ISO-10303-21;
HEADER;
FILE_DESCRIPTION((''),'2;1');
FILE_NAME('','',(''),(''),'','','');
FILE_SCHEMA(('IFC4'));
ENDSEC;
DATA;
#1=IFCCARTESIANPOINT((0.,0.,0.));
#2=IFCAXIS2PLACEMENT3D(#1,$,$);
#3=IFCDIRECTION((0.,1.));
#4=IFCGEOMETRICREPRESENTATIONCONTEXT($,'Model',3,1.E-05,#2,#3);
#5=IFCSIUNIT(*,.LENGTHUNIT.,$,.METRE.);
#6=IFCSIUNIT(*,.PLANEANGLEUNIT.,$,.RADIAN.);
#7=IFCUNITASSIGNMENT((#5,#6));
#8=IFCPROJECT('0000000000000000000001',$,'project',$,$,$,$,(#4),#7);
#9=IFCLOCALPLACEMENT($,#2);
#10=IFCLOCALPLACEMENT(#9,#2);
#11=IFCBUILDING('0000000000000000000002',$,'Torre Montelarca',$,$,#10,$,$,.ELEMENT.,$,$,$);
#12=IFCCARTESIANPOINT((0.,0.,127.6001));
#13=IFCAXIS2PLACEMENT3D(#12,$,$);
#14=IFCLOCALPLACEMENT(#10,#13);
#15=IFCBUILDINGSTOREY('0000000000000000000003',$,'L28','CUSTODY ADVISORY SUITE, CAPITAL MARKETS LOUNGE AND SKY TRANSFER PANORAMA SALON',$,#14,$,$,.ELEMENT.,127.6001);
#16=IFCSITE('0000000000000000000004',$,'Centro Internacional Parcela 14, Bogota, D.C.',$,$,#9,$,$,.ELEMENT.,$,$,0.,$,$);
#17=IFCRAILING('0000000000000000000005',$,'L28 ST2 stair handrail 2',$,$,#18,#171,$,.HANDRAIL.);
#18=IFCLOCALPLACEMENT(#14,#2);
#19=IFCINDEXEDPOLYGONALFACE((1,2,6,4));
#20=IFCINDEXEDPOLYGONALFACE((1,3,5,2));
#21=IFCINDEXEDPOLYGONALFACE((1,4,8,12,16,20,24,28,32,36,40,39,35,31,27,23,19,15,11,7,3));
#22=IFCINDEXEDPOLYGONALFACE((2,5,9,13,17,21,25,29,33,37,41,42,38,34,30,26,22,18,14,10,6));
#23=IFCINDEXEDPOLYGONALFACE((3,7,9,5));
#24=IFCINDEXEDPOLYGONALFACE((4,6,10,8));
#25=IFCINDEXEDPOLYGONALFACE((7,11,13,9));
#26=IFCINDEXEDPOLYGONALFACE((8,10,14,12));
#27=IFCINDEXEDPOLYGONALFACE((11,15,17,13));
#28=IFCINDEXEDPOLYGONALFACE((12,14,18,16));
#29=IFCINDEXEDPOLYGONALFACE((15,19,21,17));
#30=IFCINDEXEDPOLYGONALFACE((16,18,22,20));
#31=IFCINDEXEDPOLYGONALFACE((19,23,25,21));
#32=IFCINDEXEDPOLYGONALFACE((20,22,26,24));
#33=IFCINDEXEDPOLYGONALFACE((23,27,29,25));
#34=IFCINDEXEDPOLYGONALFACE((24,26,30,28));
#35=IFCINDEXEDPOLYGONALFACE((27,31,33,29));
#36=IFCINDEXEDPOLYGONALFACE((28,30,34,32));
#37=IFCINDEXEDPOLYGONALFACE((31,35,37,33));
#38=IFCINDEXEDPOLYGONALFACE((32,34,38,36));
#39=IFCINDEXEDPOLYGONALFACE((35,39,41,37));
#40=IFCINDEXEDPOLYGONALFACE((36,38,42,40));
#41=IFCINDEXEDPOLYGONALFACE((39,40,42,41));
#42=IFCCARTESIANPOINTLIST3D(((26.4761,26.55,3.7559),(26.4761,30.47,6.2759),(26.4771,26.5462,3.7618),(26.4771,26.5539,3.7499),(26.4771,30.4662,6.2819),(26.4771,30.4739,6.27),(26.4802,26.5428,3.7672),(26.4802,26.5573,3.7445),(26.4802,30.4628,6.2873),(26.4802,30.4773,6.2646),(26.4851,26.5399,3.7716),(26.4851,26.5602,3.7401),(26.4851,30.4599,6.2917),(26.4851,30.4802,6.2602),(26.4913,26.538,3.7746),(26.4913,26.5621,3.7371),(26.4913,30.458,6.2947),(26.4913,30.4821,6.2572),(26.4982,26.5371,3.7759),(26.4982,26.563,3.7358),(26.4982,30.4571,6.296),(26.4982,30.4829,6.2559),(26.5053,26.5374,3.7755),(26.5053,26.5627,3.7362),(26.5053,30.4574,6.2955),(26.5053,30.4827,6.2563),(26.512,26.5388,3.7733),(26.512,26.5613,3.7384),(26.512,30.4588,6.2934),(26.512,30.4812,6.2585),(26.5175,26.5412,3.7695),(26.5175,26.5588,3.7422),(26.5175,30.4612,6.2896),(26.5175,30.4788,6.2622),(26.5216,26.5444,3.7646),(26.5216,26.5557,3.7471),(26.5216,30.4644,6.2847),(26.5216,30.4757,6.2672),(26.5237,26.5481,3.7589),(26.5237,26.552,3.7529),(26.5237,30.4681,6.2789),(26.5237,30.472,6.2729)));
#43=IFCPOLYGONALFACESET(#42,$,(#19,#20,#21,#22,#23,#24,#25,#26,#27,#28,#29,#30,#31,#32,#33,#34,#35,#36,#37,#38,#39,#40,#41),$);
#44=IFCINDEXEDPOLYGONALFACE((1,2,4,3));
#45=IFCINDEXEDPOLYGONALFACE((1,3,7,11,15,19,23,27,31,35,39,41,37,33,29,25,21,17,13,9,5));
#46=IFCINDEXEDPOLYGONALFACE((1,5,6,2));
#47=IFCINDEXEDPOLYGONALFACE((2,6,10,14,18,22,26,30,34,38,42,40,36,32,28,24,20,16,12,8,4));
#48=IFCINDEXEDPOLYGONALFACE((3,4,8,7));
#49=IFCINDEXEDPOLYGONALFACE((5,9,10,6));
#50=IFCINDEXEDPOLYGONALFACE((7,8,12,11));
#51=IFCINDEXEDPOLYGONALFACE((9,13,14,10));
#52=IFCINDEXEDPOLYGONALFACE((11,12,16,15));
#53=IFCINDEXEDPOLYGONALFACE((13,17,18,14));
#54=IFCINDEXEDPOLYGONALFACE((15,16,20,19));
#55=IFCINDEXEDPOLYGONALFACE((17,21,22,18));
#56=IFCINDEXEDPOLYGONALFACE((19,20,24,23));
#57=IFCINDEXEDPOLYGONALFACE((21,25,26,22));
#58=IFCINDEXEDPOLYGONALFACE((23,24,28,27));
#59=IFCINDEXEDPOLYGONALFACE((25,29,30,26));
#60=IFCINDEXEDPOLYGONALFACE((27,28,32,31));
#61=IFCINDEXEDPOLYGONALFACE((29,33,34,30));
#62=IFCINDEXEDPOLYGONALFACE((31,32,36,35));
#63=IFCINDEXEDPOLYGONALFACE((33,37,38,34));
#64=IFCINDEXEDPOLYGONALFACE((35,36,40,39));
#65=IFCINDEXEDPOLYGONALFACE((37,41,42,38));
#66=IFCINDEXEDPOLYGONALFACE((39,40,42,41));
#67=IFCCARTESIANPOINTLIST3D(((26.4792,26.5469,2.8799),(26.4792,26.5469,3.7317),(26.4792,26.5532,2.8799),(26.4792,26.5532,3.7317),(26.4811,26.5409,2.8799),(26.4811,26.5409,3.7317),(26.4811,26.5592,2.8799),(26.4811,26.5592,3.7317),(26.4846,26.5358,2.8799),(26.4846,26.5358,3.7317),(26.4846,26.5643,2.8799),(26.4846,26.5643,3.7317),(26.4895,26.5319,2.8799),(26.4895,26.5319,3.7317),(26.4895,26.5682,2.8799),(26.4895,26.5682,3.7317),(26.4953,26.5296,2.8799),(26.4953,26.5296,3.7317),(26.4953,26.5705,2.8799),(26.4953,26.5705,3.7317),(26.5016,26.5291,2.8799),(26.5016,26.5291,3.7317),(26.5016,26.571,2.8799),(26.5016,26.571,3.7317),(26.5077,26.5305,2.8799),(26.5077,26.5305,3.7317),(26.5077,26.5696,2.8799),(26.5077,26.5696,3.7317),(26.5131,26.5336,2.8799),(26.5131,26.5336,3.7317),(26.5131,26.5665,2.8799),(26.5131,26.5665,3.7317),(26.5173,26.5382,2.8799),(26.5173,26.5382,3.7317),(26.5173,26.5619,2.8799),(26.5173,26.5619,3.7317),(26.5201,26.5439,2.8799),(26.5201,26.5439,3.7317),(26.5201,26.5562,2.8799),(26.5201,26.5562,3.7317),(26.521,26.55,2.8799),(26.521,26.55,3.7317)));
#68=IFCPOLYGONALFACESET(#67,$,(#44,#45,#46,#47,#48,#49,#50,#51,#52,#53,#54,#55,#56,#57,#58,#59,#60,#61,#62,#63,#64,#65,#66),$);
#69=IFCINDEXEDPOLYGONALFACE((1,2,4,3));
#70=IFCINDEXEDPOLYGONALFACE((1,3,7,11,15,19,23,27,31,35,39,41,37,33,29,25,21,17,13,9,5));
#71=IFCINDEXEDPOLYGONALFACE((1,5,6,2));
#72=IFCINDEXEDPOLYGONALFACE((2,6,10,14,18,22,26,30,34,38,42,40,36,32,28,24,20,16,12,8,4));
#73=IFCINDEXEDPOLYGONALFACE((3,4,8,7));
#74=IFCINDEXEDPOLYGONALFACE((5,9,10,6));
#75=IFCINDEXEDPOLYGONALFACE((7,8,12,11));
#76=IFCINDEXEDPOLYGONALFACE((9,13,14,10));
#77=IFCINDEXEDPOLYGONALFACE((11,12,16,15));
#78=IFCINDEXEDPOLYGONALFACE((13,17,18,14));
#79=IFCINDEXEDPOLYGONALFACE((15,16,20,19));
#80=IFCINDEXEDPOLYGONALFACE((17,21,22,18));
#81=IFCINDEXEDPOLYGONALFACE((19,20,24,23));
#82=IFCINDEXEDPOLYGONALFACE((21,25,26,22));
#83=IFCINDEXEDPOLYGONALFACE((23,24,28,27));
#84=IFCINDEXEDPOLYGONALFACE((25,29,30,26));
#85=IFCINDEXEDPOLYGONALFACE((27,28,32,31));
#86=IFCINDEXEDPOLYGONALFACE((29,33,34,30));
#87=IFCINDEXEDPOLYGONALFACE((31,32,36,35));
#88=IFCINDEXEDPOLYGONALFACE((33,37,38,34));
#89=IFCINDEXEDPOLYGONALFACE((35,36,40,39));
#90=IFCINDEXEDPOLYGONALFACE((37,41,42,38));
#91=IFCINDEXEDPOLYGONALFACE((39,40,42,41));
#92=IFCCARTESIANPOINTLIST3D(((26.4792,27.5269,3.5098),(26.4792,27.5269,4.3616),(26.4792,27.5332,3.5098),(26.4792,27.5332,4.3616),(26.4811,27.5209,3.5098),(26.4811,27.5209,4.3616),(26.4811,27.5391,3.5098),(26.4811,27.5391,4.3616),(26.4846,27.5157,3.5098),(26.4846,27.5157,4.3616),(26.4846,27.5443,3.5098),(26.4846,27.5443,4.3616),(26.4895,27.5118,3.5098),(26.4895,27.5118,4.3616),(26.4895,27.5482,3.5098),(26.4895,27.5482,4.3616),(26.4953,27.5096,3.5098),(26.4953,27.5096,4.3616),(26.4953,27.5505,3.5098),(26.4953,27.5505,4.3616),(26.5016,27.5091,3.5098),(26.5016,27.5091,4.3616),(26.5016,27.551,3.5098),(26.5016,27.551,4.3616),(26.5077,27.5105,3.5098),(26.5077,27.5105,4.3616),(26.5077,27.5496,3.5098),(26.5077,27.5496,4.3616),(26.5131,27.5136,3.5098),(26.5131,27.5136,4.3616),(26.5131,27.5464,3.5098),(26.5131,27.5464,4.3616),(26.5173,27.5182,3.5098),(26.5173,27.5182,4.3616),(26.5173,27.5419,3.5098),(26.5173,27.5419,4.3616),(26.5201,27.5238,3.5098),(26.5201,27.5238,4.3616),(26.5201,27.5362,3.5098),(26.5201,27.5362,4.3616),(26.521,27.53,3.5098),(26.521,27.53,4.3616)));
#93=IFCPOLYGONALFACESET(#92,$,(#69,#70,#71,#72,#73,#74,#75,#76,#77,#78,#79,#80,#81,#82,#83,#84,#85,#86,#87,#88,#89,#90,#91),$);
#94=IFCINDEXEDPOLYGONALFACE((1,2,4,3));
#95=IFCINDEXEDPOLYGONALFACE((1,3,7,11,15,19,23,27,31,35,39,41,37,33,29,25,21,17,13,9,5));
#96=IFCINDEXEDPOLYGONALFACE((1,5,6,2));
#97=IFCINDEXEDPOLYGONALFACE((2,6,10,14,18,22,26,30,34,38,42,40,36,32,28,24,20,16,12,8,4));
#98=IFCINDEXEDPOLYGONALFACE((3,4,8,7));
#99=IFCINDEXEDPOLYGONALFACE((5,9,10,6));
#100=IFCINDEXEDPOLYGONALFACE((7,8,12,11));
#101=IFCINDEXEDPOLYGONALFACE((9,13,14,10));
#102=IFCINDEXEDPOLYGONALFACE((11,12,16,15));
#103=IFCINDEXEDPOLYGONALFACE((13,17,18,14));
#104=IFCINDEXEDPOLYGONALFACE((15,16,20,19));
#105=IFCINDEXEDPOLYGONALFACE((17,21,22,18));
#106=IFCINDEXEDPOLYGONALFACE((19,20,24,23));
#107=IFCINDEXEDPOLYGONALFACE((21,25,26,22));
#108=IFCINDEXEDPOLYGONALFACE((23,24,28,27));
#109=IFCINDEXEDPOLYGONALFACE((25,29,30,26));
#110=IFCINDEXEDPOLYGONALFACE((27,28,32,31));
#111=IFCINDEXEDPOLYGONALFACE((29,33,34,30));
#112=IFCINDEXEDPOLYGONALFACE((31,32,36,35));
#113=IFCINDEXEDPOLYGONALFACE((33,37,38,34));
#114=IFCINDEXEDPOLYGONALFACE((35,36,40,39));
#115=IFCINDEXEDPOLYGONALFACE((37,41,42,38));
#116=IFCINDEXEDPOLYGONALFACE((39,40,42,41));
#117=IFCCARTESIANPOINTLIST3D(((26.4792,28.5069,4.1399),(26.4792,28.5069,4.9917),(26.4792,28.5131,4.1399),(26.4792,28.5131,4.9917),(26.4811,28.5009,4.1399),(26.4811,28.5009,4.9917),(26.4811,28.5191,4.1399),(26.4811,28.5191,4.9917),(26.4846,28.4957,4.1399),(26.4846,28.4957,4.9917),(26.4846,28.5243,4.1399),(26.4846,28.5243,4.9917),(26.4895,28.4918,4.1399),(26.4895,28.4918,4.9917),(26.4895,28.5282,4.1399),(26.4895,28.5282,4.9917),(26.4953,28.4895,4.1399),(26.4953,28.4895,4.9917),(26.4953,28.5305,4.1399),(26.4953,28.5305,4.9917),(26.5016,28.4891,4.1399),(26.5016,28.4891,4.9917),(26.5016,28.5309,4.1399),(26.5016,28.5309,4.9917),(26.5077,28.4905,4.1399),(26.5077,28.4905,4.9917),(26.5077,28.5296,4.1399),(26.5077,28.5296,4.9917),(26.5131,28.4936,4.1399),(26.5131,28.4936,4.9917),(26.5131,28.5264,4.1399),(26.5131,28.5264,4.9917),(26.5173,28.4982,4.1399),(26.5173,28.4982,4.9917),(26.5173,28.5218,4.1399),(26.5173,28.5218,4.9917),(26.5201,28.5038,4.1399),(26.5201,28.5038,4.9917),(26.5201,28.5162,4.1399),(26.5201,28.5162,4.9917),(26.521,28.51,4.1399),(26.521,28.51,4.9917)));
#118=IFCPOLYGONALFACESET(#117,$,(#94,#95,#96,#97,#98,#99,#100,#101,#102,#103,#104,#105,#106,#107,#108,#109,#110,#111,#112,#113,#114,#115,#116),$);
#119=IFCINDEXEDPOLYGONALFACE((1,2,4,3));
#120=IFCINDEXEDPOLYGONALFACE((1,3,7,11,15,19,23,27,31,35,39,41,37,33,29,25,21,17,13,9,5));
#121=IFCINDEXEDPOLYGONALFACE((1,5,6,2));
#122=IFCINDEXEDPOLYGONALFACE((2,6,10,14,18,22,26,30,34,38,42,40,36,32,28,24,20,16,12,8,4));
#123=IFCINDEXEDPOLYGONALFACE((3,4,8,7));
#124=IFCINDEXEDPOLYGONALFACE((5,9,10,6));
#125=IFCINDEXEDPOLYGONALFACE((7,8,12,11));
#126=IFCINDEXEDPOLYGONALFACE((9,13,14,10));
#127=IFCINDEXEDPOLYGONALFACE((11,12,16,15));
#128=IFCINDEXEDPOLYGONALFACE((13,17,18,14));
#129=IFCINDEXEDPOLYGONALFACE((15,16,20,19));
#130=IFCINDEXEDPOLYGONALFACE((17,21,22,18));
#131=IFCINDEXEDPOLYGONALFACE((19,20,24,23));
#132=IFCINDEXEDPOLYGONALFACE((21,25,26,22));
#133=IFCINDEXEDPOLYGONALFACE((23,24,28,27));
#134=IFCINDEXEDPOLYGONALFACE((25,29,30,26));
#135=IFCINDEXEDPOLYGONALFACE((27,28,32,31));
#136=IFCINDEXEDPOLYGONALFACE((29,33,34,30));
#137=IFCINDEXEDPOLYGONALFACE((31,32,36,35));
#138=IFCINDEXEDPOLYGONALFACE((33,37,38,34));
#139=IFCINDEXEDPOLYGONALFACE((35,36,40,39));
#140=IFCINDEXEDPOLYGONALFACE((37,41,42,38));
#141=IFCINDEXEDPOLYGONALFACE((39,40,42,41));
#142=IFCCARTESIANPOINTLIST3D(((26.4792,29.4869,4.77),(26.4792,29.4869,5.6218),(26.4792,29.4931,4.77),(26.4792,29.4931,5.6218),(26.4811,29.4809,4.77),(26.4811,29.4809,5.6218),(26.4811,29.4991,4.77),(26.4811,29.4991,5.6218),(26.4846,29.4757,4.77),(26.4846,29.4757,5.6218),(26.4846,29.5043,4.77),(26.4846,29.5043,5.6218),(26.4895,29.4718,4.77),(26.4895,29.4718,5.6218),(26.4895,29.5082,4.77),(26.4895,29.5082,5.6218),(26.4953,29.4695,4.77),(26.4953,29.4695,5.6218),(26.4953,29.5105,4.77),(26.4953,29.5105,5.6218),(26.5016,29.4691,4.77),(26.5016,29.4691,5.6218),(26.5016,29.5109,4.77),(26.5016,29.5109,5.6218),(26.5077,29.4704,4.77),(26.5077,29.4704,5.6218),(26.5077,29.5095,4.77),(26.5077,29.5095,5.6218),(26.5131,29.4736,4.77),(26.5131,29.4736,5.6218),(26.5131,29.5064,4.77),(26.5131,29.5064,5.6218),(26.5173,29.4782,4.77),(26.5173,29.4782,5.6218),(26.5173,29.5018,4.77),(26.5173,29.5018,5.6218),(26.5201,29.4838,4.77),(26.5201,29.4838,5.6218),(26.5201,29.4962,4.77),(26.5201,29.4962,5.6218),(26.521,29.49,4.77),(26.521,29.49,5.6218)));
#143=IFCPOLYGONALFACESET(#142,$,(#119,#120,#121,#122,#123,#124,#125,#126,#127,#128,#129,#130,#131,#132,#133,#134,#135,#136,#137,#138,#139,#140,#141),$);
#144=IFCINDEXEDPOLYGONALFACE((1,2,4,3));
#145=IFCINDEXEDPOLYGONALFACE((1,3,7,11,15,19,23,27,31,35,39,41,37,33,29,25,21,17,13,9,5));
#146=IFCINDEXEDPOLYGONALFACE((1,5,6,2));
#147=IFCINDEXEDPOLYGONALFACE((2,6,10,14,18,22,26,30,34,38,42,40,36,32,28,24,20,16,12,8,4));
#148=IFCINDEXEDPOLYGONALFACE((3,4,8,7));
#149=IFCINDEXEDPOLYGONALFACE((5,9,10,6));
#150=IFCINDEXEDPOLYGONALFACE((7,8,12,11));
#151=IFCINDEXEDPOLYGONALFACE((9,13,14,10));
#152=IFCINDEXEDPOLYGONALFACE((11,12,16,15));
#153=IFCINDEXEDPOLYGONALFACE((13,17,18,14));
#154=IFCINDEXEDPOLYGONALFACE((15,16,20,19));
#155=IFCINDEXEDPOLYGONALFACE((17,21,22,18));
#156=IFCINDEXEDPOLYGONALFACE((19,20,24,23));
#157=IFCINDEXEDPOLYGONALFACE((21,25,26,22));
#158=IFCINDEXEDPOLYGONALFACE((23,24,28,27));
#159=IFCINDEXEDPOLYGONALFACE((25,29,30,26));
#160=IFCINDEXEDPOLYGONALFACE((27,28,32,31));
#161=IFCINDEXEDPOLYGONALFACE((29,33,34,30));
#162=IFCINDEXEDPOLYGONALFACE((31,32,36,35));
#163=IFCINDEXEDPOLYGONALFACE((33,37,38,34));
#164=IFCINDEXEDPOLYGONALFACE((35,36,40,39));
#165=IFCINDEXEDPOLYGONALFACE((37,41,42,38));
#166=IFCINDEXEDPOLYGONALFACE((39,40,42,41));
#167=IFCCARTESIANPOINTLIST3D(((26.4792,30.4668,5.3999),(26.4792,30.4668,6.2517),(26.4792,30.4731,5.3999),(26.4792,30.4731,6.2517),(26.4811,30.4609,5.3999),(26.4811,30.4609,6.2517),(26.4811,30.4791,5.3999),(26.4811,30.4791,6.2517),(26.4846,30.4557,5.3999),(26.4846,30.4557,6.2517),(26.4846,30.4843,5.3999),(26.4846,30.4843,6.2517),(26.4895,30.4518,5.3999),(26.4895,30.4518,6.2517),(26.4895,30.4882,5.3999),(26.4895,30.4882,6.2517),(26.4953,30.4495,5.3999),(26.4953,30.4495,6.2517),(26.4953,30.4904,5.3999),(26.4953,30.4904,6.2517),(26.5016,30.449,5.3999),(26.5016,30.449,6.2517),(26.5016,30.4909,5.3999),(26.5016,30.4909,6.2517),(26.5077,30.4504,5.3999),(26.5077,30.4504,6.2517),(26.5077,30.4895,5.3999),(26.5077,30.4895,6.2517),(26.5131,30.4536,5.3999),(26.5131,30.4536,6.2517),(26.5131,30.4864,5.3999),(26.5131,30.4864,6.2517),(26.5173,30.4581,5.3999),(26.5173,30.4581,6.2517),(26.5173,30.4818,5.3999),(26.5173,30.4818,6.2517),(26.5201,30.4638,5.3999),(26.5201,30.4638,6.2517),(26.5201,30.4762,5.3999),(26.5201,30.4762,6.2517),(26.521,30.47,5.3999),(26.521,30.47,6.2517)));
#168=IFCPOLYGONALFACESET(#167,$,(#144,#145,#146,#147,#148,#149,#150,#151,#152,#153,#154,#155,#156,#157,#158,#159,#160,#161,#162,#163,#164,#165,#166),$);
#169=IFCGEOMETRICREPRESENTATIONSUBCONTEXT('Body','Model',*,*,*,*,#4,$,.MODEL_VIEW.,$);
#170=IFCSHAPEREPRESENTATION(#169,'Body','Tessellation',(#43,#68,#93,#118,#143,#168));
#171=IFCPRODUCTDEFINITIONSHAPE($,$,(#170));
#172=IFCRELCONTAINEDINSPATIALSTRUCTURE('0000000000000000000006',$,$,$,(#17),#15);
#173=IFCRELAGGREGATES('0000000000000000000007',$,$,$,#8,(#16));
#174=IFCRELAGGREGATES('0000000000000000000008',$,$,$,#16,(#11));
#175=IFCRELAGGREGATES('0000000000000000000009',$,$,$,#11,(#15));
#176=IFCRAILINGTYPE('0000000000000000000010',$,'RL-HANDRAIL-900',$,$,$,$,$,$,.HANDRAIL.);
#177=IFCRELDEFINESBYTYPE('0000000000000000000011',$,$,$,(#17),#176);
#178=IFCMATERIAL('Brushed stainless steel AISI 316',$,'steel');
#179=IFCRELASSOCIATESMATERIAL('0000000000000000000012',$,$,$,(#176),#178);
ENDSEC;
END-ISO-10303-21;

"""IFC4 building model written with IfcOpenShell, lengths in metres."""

from ifc_helpers import new_model, si_unit, direction, frame, origin, origin_2d, place, context, subcontext, project, spatial, circle, extrude, material, type_object, element, save


model = new_model("IFC4")

# Units and contexts
model_context = context("Model", 3, precision=1e-05, world=origin(), true_north=direction((0.0, 1.0)))
body_context = subcontext(model_context, "Body", "Model", "MODEL_VIEW")
ifc_project = project(units=[si_unit("LENGTHUNIT", "METRE"), si_unit("PLANEANGLEUNIT", "RADIAN")], contexts=[model_context])

# Site, building, storey
site_placement = place(None, origin())
site = spatial("IfcSite", under=ifc_project, at=site_placement, Name="Centro Internacional Parcela 14, Bogota, D.C.", CompositionType="ELEMENT", RefElevation=0.0)
building_placement = place(site_placement, origin())
building = spatial("IfcBuilding", under=site, at=building_placement, Name="Torre Montelarca", CompositionType="ELEMENT")
storey_placement = place(building_placement, frame((0.0, 0.0, 127.6001)))
storey = spatial("IfcBuildingStorey", under=building, at=storey_placement, Name="L28", Description="CUSTODY ADVISORY SUITE, CAPITAL MARKETS LOUNGE AND SKY TRANSFER PANORAMA SALON", CompositionType="ELEMENT", Elevation=127.6001)

# Railing
ifc_material_1 = material(Name="Brushed stainless steel AISI 316", Category="steel")
railing_type_1 = type_object("IfcRailingType", Name="RL-HANDRAIL-900", PredefinedType="HANDRAIL", material=ifc_material_1)
railing_1_placement = place(storey_placement, frame((26.5, 26.55, 2.8799)))
element("IfcRailing", 1, at=railing_1_placement, inside=storey, type_object=railing_type_1, Name="L28 ST2 stair handrail 2", PredefinedType="HANDRAIL", context=body_context, shape_type="SweptSolid", body=[
    extrude(circle(Radius=0.0239, at=origin_2d()), frame((0.0, 0.0, 0.876), z_axis=(0.0, 0.841172, 0.540768), x_axis=(-1.0, 0.0, 0.0)), (0.0, 0.0, 1.0), 4.6602),
    extrude(circle(Radius=0.021, at=origin_2d()), origin(), (0.0, 0.0, 1.0), 0.8518),
    extrude(circle(Radius=0.021, at=origin_2d()), frame((0.0, 0.98, 0.6299)), (0.0, 0.0, 1.0), 0.8518),
    extrude(circle(Radius=0.021, at=origin_2d()), frame((0.0, 1.96, 1.26)), (0.0, 0.0, 1.0), 0.8518),
    extrude(circle(Radius=0.021, at=origin_2d()), frame((0.0, 2.9399, 1.8901)), (0.0, 0.0, 1.0), 0.8518),
    extrude(circle(Radius=0.021, at=origin_2d()), frame((0.0, 3.9199, 2.52)), (0.0, 0.0, 1.0), 0.8518),
])

save(model, "model.ifc")
